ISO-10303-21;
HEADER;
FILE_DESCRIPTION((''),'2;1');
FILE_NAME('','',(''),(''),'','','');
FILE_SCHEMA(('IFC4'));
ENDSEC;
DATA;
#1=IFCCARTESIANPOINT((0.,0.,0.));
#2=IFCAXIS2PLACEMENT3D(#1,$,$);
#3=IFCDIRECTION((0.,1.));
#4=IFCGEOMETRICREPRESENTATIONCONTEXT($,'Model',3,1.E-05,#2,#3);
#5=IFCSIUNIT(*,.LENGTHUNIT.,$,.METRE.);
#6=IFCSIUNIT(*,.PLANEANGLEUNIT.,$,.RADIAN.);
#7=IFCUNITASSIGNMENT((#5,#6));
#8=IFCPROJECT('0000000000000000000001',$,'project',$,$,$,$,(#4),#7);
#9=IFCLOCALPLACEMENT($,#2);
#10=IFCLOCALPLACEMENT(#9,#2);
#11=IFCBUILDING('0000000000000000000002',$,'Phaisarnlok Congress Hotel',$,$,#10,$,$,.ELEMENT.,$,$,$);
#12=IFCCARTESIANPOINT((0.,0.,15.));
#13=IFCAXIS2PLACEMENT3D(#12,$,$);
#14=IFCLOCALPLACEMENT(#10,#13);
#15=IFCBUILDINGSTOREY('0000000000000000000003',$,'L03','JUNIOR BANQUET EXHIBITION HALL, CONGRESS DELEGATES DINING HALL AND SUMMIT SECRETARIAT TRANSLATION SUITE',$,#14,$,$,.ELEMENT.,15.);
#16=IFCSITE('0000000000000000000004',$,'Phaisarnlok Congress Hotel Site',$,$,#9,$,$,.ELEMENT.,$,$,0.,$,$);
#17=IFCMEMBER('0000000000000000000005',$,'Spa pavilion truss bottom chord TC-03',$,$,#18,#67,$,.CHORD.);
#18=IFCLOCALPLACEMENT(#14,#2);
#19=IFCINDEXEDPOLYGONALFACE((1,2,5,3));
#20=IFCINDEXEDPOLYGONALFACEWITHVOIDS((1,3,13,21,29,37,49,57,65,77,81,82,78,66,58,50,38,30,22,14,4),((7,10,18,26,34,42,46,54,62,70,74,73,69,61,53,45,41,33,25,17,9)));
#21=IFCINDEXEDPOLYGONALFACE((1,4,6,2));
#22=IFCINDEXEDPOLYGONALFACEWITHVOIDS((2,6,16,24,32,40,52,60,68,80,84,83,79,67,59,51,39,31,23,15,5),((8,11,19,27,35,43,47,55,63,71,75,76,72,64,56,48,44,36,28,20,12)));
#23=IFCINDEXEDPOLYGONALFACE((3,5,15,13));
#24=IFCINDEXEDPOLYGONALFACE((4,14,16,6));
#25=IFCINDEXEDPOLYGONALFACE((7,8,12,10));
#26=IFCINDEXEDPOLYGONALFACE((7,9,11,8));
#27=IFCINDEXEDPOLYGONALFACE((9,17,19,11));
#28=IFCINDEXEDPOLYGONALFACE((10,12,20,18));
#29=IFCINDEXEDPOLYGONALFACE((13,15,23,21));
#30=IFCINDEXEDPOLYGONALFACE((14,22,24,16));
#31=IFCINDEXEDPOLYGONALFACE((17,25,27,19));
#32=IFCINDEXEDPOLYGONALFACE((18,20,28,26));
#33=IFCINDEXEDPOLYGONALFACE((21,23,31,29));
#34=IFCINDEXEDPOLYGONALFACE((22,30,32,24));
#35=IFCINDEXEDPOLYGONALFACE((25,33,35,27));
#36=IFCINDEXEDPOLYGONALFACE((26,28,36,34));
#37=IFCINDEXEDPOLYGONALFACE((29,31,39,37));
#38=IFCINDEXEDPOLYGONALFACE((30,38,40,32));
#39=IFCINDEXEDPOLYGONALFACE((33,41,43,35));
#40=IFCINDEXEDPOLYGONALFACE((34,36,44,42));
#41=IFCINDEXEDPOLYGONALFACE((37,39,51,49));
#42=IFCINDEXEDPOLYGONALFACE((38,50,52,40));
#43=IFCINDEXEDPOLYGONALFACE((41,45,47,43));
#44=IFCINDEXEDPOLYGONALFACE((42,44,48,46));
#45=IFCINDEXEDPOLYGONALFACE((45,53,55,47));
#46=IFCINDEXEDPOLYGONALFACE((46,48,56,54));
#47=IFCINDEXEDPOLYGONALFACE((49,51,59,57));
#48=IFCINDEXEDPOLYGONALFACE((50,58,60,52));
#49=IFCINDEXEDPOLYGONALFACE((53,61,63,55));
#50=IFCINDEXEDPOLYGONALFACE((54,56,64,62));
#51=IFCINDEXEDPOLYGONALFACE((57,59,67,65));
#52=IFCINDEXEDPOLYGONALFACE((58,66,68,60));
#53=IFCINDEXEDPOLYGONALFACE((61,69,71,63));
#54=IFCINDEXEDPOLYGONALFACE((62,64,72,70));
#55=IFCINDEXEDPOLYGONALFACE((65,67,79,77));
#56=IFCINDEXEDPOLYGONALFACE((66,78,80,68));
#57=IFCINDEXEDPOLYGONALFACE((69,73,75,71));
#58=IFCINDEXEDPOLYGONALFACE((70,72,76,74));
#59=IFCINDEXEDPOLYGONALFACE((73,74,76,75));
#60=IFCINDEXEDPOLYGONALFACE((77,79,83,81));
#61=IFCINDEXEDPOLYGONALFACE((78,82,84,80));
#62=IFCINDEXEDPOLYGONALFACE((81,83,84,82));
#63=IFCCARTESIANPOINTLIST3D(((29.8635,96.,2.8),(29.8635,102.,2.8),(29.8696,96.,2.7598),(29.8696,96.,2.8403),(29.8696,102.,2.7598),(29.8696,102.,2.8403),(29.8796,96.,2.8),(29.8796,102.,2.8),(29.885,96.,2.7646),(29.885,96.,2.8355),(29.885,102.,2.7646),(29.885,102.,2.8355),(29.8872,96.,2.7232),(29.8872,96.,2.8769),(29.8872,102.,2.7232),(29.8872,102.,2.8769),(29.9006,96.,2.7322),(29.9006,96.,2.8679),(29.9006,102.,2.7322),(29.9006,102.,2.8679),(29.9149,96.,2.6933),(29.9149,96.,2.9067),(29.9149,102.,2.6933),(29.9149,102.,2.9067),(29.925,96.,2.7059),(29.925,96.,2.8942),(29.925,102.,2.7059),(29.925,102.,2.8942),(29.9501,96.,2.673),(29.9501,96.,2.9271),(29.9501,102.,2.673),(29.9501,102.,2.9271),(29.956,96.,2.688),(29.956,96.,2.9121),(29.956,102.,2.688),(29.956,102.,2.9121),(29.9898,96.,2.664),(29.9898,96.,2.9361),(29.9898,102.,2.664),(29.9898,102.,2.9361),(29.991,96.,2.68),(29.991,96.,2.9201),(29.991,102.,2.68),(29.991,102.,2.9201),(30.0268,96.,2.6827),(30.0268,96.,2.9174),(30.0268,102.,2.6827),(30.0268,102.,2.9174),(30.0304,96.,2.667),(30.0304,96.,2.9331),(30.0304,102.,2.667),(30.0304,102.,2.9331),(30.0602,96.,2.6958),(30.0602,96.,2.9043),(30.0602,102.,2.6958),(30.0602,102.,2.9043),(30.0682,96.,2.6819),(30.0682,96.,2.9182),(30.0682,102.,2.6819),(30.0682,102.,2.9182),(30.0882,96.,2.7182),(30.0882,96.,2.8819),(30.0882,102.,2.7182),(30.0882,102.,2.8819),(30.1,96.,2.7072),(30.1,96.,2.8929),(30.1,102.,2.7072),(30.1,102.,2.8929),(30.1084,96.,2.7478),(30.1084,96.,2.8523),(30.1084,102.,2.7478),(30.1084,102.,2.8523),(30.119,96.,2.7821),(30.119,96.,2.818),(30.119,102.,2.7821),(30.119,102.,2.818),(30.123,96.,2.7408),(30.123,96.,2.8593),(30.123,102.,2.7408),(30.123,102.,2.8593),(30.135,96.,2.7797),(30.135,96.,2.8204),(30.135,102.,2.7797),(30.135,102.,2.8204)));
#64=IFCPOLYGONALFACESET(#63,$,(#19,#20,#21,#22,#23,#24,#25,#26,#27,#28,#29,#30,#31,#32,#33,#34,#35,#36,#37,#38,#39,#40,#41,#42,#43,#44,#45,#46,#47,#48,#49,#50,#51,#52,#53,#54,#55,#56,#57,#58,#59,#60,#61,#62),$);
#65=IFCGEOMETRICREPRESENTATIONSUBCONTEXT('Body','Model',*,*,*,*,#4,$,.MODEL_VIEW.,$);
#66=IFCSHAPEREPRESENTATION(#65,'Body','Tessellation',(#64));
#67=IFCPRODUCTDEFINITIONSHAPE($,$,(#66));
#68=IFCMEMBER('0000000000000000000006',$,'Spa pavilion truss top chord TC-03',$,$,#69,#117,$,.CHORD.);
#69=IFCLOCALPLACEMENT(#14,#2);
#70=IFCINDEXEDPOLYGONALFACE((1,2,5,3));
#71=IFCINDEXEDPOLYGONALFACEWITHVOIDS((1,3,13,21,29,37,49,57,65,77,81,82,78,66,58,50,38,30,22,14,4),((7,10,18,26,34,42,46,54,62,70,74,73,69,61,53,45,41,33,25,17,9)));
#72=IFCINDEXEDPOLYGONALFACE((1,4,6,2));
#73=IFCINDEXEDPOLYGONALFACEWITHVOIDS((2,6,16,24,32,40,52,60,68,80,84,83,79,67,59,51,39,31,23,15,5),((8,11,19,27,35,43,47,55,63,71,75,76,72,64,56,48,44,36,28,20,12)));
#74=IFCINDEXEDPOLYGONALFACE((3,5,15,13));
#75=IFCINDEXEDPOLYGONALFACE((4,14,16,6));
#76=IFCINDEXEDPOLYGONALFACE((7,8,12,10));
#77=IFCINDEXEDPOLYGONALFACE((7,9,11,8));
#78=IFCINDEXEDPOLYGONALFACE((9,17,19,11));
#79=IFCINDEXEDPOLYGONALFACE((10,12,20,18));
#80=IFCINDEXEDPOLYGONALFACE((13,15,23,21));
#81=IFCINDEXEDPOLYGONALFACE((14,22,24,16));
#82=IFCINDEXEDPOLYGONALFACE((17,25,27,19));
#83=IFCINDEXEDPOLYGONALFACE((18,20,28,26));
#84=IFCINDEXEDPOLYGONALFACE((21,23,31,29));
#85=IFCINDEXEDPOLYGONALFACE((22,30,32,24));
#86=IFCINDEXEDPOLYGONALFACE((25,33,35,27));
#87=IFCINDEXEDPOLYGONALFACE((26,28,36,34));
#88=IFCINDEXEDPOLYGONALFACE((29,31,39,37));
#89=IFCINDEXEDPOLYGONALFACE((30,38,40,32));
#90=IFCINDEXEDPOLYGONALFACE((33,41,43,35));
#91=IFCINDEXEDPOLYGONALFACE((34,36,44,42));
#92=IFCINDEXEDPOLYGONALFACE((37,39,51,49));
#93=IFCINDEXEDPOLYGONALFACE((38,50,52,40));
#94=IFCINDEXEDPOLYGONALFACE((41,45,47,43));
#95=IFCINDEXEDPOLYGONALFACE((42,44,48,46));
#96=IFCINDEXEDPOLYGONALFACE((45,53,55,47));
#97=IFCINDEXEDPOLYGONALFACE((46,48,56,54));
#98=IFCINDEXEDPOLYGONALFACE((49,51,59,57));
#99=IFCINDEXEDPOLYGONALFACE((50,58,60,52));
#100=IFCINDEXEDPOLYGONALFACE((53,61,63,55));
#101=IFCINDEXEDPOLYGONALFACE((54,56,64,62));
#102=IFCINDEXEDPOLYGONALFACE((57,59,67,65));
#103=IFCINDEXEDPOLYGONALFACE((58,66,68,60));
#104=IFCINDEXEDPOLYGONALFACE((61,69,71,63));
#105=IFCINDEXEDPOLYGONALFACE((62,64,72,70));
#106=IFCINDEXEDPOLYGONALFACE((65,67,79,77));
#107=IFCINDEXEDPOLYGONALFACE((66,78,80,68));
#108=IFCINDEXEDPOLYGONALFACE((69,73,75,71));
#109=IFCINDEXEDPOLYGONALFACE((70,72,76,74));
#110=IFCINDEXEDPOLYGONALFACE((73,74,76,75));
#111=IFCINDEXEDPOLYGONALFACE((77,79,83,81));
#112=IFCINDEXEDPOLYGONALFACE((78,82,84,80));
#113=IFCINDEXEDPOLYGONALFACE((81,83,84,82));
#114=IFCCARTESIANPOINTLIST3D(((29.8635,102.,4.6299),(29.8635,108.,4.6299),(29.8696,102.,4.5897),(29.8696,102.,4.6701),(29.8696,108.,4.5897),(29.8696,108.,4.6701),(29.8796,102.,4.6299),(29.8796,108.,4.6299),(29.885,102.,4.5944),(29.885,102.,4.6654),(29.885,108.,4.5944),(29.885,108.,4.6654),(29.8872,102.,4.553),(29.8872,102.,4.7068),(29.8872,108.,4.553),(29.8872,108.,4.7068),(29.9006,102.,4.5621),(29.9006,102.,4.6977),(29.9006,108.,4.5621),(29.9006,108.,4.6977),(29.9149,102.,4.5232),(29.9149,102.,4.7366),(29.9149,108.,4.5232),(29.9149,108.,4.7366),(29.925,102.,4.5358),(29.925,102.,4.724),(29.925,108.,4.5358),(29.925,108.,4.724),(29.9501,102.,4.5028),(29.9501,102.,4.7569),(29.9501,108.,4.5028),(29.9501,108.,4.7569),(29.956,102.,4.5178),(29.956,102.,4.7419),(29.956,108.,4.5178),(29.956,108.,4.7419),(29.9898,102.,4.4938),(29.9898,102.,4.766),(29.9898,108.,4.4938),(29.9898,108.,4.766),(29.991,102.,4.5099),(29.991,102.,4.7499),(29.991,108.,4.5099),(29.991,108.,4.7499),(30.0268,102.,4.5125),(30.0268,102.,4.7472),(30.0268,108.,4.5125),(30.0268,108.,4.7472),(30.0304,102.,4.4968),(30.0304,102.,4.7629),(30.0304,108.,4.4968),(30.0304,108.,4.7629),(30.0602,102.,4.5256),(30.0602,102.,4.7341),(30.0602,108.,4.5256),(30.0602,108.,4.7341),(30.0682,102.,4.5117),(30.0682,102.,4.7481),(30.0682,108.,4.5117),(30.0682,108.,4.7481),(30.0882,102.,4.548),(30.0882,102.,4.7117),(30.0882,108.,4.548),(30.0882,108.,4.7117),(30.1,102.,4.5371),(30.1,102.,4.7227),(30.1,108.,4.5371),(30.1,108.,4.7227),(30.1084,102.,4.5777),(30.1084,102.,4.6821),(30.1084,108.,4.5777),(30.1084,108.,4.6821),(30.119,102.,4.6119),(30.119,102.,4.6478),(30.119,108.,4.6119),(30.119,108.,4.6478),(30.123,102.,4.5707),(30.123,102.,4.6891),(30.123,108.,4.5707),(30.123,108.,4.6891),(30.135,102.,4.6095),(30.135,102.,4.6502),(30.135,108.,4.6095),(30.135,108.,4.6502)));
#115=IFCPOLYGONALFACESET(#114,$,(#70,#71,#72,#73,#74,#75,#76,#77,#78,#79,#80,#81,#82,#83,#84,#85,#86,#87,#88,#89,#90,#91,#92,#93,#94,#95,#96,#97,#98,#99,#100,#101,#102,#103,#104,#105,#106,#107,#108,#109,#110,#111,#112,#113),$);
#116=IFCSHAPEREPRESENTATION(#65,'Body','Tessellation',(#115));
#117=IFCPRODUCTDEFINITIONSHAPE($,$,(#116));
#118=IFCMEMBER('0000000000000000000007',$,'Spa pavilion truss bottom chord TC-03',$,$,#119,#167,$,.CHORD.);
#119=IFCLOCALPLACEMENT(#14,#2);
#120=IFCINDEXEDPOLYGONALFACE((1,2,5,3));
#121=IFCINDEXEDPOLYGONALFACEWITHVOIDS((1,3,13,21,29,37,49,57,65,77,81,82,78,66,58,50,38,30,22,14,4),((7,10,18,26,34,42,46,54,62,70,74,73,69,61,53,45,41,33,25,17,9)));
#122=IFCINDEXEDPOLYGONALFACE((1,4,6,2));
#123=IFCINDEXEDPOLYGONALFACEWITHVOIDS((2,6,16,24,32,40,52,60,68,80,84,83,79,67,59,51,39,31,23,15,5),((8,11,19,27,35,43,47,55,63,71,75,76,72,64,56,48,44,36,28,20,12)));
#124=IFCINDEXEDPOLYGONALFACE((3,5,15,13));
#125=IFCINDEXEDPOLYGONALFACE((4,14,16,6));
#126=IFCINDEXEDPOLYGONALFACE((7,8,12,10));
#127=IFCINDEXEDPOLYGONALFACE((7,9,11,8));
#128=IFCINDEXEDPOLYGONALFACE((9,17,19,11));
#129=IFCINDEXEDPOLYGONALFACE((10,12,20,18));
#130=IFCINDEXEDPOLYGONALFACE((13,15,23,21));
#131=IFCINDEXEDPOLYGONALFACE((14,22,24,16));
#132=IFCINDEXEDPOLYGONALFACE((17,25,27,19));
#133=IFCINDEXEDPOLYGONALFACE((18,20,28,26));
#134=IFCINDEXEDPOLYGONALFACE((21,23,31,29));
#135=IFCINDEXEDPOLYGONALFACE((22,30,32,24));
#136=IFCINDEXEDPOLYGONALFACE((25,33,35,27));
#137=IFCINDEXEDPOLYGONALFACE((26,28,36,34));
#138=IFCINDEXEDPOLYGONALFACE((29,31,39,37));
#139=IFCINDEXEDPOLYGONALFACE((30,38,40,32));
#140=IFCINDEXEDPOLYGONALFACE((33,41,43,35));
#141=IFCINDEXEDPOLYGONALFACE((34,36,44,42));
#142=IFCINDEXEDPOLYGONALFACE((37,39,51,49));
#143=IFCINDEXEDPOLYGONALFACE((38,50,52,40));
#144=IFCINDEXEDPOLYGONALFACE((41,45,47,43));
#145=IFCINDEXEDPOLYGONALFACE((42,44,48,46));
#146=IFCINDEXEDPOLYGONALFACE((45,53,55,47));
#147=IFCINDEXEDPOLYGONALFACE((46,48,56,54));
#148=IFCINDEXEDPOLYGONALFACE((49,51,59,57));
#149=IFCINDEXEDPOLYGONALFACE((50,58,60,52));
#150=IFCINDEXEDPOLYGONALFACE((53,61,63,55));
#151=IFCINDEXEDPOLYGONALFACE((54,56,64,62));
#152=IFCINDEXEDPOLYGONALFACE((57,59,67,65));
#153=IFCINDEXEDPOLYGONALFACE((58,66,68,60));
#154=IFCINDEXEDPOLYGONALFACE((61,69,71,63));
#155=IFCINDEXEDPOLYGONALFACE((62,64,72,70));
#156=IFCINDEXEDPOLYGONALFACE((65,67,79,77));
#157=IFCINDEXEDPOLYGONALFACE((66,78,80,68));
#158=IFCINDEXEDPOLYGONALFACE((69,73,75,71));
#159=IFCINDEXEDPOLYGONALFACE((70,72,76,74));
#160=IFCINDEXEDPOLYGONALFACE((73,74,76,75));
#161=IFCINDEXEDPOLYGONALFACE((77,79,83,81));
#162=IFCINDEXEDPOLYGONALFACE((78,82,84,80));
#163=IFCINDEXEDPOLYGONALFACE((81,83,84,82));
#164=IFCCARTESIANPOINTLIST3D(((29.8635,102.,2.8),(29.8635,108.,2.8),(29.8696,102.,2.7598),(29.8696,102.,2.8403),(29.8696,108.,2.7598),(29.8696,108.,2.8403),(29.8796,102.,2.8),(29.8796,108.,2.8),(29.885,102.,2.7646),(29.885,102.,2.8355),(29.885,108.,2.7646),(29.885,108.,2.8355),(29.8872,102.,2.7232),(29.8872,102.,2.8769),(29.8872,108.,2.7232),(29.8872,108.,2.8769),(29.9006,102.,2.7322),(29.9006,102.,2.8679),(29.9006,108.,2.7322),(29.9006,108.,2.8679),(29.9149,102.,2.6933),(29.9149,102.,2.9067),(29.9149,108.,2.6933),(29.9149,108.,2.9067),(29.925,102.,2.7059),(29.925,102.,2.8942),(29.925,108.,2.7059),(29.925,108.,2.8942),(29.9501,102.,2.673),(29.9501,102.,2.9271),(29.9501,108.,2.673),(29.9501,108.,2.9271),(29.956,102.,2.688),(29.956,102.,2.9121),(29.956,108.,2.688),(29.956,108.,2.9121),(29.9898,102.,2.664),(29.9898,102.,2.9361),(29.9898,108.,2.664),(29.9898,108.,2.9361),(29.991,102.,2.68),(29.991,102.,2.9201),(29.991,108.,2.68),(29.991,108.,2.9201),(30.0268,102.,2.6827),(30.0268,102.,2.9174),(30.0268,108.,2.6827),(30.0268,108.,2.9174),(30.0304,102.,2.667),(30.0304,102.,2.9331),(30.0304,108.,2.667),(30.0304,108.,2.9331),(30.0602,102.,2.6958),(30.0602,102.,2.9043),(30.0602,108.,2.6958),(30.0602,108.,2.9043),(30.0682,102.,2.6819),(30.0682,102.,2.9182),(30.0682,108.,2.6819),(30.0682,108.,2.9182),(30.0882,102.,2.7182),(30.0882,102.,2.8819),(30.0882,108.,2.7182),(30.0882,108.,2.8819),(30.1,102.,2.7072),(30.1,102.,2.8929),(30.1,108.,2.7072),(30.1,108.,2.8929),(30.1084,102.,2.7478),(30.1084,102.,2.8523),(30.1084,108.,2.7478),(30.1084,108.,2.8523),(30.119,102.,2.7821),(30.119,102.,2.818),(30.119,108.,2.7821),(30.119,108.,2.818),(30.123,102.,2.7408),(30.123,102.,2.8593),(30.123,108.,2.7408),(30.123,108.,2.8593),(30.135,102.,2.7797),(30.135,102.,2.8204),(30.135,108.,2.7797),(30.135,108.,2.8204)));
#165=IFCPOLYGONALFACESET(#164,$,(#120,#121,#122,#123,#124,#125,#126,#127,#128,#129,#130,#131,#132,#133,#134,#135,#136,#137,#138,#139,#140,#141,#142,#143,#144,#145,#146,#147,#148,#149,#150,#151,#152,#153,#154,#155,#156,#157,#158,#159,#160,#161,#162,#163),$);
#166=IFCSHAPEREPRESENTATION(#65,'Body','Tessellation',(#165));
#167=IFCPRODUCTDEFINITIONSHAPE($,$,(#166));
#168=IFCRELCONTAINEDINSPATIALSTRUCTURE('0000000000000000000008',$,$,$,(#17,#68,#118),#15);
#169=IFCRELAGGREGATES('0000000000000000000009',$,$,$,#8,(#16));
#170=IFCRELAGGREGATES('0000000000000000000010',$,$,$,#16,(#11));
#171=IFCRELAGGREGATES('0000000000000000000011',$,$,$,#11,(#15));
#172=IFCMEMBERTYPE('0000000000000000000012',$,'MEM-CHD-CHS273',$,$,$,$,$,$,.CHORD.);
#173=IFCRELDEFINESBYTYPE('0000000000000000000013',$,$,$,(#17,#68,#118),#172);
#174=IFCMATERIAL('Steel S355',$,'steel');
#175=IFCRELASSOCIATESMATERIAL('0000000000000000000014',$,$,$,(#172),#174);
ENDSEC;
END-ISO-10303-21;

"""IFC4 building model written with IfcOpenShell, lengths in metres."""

from ifc_helpers import new_model, si_unit, direction, frame, origin, origin_2d, place, context, subcontext, project, spatial, hollow_circle, extrude, material, material_profile, profile_set, type_object, element, save


model = new_model("IFC4")

# Units and contexts
model_context = context("Model", 3, precision=1e-05, world=origin(), true_north=direction((0.0, 1.0)))
body_context = subcontext(model_context, "Body", "Model", "MODEL_VIEW")
ifc_project = project(units=[si_unit("LENGTHUNIT", "METRE"), si_unit("PLANEANGLEUNIT", "RADIAN")], contexts=[model_context])

# Site, building, storey
site_placement = place(None, origin())
site = spatial("IfcSite", under=ifc_project, at=site_placement, Name="Phaisarnlok Congress Hotel Site", CompositionType="ELEMENT", RefElevation=0.0)
building_placement = place(site_placement, origin())
building = spatial("IfcBuilding", under=site, at=building_placement, Name="Phaisarnlok Congress Hotel", CompositionType="ELEMENT")
storey_placement = place(building_placement, frame((0.0, 0.0, 15.0)))
storey = spatial("IfcBuildingStorey", under=building, at=storey_placement, Name="L03", Description="JUNIOR BANQUET EXHIBITION HALL, CONGRESS DELEGATES DINING HALL AND SUMMIT SECRETARIAT TRANSLATION SUITE", CompositionType="ELEMENT", Elevation=15.0)

# Members
ifc_material = material(Name="Steel S355", Category="steel")
ifc_material_profile_1 = material_profile(ifc_material, hollow_circle(Radius=0.1365, WallThickness=0.0161, at=origin_2d()), Name="CHS 273x16")
ifc_profile_set_1 = profile_set([ifc_material_profile_1], Name="Steel S355")
member_type_1 = type_object("IfcMemberType", Name="MEM-CHD-CHS273", PredefinedType="CHORD", material=ifc_profile_set_1)
for number, where, z_axis, x_axis, name in (
    (1, (30.0, 96.0, 2.8), (0.0, 1.0, 0.0), (-1.0, 0.0, 0.0), "Spa pavilion truss bottom chord TC-03"),
    (2, (30.0, 102.0, 4.6299), (0.0, 1.0, 0.0), (-1.0, 0.0, 0.0), "Spa pavilion truss top chord TC-03"),
    (3, (30.0, 102.0, 2.8), (0.0, 1.0, 0.0), (-1.0, 0.0, 0.0), "Spa pavilion truss bottom chord TC-03"),
):
    element("IfcMember", number, at=place(storey_placement, frame(where, z_axis=z_axis, x_axis=x_axis)), inside=storey, type_object=member_type_1, Name=name, PredefinedType="CHORD", context=body_context, shape_type="SweptSolid", body=[
        extrude(hollow_circle(Radius=0.1365, WallThickness=0.0161, at=origin_2d()), origin(), (0.0, 0.0, 1.0), 6.0),
    ])

save(model, "model.ifc")
